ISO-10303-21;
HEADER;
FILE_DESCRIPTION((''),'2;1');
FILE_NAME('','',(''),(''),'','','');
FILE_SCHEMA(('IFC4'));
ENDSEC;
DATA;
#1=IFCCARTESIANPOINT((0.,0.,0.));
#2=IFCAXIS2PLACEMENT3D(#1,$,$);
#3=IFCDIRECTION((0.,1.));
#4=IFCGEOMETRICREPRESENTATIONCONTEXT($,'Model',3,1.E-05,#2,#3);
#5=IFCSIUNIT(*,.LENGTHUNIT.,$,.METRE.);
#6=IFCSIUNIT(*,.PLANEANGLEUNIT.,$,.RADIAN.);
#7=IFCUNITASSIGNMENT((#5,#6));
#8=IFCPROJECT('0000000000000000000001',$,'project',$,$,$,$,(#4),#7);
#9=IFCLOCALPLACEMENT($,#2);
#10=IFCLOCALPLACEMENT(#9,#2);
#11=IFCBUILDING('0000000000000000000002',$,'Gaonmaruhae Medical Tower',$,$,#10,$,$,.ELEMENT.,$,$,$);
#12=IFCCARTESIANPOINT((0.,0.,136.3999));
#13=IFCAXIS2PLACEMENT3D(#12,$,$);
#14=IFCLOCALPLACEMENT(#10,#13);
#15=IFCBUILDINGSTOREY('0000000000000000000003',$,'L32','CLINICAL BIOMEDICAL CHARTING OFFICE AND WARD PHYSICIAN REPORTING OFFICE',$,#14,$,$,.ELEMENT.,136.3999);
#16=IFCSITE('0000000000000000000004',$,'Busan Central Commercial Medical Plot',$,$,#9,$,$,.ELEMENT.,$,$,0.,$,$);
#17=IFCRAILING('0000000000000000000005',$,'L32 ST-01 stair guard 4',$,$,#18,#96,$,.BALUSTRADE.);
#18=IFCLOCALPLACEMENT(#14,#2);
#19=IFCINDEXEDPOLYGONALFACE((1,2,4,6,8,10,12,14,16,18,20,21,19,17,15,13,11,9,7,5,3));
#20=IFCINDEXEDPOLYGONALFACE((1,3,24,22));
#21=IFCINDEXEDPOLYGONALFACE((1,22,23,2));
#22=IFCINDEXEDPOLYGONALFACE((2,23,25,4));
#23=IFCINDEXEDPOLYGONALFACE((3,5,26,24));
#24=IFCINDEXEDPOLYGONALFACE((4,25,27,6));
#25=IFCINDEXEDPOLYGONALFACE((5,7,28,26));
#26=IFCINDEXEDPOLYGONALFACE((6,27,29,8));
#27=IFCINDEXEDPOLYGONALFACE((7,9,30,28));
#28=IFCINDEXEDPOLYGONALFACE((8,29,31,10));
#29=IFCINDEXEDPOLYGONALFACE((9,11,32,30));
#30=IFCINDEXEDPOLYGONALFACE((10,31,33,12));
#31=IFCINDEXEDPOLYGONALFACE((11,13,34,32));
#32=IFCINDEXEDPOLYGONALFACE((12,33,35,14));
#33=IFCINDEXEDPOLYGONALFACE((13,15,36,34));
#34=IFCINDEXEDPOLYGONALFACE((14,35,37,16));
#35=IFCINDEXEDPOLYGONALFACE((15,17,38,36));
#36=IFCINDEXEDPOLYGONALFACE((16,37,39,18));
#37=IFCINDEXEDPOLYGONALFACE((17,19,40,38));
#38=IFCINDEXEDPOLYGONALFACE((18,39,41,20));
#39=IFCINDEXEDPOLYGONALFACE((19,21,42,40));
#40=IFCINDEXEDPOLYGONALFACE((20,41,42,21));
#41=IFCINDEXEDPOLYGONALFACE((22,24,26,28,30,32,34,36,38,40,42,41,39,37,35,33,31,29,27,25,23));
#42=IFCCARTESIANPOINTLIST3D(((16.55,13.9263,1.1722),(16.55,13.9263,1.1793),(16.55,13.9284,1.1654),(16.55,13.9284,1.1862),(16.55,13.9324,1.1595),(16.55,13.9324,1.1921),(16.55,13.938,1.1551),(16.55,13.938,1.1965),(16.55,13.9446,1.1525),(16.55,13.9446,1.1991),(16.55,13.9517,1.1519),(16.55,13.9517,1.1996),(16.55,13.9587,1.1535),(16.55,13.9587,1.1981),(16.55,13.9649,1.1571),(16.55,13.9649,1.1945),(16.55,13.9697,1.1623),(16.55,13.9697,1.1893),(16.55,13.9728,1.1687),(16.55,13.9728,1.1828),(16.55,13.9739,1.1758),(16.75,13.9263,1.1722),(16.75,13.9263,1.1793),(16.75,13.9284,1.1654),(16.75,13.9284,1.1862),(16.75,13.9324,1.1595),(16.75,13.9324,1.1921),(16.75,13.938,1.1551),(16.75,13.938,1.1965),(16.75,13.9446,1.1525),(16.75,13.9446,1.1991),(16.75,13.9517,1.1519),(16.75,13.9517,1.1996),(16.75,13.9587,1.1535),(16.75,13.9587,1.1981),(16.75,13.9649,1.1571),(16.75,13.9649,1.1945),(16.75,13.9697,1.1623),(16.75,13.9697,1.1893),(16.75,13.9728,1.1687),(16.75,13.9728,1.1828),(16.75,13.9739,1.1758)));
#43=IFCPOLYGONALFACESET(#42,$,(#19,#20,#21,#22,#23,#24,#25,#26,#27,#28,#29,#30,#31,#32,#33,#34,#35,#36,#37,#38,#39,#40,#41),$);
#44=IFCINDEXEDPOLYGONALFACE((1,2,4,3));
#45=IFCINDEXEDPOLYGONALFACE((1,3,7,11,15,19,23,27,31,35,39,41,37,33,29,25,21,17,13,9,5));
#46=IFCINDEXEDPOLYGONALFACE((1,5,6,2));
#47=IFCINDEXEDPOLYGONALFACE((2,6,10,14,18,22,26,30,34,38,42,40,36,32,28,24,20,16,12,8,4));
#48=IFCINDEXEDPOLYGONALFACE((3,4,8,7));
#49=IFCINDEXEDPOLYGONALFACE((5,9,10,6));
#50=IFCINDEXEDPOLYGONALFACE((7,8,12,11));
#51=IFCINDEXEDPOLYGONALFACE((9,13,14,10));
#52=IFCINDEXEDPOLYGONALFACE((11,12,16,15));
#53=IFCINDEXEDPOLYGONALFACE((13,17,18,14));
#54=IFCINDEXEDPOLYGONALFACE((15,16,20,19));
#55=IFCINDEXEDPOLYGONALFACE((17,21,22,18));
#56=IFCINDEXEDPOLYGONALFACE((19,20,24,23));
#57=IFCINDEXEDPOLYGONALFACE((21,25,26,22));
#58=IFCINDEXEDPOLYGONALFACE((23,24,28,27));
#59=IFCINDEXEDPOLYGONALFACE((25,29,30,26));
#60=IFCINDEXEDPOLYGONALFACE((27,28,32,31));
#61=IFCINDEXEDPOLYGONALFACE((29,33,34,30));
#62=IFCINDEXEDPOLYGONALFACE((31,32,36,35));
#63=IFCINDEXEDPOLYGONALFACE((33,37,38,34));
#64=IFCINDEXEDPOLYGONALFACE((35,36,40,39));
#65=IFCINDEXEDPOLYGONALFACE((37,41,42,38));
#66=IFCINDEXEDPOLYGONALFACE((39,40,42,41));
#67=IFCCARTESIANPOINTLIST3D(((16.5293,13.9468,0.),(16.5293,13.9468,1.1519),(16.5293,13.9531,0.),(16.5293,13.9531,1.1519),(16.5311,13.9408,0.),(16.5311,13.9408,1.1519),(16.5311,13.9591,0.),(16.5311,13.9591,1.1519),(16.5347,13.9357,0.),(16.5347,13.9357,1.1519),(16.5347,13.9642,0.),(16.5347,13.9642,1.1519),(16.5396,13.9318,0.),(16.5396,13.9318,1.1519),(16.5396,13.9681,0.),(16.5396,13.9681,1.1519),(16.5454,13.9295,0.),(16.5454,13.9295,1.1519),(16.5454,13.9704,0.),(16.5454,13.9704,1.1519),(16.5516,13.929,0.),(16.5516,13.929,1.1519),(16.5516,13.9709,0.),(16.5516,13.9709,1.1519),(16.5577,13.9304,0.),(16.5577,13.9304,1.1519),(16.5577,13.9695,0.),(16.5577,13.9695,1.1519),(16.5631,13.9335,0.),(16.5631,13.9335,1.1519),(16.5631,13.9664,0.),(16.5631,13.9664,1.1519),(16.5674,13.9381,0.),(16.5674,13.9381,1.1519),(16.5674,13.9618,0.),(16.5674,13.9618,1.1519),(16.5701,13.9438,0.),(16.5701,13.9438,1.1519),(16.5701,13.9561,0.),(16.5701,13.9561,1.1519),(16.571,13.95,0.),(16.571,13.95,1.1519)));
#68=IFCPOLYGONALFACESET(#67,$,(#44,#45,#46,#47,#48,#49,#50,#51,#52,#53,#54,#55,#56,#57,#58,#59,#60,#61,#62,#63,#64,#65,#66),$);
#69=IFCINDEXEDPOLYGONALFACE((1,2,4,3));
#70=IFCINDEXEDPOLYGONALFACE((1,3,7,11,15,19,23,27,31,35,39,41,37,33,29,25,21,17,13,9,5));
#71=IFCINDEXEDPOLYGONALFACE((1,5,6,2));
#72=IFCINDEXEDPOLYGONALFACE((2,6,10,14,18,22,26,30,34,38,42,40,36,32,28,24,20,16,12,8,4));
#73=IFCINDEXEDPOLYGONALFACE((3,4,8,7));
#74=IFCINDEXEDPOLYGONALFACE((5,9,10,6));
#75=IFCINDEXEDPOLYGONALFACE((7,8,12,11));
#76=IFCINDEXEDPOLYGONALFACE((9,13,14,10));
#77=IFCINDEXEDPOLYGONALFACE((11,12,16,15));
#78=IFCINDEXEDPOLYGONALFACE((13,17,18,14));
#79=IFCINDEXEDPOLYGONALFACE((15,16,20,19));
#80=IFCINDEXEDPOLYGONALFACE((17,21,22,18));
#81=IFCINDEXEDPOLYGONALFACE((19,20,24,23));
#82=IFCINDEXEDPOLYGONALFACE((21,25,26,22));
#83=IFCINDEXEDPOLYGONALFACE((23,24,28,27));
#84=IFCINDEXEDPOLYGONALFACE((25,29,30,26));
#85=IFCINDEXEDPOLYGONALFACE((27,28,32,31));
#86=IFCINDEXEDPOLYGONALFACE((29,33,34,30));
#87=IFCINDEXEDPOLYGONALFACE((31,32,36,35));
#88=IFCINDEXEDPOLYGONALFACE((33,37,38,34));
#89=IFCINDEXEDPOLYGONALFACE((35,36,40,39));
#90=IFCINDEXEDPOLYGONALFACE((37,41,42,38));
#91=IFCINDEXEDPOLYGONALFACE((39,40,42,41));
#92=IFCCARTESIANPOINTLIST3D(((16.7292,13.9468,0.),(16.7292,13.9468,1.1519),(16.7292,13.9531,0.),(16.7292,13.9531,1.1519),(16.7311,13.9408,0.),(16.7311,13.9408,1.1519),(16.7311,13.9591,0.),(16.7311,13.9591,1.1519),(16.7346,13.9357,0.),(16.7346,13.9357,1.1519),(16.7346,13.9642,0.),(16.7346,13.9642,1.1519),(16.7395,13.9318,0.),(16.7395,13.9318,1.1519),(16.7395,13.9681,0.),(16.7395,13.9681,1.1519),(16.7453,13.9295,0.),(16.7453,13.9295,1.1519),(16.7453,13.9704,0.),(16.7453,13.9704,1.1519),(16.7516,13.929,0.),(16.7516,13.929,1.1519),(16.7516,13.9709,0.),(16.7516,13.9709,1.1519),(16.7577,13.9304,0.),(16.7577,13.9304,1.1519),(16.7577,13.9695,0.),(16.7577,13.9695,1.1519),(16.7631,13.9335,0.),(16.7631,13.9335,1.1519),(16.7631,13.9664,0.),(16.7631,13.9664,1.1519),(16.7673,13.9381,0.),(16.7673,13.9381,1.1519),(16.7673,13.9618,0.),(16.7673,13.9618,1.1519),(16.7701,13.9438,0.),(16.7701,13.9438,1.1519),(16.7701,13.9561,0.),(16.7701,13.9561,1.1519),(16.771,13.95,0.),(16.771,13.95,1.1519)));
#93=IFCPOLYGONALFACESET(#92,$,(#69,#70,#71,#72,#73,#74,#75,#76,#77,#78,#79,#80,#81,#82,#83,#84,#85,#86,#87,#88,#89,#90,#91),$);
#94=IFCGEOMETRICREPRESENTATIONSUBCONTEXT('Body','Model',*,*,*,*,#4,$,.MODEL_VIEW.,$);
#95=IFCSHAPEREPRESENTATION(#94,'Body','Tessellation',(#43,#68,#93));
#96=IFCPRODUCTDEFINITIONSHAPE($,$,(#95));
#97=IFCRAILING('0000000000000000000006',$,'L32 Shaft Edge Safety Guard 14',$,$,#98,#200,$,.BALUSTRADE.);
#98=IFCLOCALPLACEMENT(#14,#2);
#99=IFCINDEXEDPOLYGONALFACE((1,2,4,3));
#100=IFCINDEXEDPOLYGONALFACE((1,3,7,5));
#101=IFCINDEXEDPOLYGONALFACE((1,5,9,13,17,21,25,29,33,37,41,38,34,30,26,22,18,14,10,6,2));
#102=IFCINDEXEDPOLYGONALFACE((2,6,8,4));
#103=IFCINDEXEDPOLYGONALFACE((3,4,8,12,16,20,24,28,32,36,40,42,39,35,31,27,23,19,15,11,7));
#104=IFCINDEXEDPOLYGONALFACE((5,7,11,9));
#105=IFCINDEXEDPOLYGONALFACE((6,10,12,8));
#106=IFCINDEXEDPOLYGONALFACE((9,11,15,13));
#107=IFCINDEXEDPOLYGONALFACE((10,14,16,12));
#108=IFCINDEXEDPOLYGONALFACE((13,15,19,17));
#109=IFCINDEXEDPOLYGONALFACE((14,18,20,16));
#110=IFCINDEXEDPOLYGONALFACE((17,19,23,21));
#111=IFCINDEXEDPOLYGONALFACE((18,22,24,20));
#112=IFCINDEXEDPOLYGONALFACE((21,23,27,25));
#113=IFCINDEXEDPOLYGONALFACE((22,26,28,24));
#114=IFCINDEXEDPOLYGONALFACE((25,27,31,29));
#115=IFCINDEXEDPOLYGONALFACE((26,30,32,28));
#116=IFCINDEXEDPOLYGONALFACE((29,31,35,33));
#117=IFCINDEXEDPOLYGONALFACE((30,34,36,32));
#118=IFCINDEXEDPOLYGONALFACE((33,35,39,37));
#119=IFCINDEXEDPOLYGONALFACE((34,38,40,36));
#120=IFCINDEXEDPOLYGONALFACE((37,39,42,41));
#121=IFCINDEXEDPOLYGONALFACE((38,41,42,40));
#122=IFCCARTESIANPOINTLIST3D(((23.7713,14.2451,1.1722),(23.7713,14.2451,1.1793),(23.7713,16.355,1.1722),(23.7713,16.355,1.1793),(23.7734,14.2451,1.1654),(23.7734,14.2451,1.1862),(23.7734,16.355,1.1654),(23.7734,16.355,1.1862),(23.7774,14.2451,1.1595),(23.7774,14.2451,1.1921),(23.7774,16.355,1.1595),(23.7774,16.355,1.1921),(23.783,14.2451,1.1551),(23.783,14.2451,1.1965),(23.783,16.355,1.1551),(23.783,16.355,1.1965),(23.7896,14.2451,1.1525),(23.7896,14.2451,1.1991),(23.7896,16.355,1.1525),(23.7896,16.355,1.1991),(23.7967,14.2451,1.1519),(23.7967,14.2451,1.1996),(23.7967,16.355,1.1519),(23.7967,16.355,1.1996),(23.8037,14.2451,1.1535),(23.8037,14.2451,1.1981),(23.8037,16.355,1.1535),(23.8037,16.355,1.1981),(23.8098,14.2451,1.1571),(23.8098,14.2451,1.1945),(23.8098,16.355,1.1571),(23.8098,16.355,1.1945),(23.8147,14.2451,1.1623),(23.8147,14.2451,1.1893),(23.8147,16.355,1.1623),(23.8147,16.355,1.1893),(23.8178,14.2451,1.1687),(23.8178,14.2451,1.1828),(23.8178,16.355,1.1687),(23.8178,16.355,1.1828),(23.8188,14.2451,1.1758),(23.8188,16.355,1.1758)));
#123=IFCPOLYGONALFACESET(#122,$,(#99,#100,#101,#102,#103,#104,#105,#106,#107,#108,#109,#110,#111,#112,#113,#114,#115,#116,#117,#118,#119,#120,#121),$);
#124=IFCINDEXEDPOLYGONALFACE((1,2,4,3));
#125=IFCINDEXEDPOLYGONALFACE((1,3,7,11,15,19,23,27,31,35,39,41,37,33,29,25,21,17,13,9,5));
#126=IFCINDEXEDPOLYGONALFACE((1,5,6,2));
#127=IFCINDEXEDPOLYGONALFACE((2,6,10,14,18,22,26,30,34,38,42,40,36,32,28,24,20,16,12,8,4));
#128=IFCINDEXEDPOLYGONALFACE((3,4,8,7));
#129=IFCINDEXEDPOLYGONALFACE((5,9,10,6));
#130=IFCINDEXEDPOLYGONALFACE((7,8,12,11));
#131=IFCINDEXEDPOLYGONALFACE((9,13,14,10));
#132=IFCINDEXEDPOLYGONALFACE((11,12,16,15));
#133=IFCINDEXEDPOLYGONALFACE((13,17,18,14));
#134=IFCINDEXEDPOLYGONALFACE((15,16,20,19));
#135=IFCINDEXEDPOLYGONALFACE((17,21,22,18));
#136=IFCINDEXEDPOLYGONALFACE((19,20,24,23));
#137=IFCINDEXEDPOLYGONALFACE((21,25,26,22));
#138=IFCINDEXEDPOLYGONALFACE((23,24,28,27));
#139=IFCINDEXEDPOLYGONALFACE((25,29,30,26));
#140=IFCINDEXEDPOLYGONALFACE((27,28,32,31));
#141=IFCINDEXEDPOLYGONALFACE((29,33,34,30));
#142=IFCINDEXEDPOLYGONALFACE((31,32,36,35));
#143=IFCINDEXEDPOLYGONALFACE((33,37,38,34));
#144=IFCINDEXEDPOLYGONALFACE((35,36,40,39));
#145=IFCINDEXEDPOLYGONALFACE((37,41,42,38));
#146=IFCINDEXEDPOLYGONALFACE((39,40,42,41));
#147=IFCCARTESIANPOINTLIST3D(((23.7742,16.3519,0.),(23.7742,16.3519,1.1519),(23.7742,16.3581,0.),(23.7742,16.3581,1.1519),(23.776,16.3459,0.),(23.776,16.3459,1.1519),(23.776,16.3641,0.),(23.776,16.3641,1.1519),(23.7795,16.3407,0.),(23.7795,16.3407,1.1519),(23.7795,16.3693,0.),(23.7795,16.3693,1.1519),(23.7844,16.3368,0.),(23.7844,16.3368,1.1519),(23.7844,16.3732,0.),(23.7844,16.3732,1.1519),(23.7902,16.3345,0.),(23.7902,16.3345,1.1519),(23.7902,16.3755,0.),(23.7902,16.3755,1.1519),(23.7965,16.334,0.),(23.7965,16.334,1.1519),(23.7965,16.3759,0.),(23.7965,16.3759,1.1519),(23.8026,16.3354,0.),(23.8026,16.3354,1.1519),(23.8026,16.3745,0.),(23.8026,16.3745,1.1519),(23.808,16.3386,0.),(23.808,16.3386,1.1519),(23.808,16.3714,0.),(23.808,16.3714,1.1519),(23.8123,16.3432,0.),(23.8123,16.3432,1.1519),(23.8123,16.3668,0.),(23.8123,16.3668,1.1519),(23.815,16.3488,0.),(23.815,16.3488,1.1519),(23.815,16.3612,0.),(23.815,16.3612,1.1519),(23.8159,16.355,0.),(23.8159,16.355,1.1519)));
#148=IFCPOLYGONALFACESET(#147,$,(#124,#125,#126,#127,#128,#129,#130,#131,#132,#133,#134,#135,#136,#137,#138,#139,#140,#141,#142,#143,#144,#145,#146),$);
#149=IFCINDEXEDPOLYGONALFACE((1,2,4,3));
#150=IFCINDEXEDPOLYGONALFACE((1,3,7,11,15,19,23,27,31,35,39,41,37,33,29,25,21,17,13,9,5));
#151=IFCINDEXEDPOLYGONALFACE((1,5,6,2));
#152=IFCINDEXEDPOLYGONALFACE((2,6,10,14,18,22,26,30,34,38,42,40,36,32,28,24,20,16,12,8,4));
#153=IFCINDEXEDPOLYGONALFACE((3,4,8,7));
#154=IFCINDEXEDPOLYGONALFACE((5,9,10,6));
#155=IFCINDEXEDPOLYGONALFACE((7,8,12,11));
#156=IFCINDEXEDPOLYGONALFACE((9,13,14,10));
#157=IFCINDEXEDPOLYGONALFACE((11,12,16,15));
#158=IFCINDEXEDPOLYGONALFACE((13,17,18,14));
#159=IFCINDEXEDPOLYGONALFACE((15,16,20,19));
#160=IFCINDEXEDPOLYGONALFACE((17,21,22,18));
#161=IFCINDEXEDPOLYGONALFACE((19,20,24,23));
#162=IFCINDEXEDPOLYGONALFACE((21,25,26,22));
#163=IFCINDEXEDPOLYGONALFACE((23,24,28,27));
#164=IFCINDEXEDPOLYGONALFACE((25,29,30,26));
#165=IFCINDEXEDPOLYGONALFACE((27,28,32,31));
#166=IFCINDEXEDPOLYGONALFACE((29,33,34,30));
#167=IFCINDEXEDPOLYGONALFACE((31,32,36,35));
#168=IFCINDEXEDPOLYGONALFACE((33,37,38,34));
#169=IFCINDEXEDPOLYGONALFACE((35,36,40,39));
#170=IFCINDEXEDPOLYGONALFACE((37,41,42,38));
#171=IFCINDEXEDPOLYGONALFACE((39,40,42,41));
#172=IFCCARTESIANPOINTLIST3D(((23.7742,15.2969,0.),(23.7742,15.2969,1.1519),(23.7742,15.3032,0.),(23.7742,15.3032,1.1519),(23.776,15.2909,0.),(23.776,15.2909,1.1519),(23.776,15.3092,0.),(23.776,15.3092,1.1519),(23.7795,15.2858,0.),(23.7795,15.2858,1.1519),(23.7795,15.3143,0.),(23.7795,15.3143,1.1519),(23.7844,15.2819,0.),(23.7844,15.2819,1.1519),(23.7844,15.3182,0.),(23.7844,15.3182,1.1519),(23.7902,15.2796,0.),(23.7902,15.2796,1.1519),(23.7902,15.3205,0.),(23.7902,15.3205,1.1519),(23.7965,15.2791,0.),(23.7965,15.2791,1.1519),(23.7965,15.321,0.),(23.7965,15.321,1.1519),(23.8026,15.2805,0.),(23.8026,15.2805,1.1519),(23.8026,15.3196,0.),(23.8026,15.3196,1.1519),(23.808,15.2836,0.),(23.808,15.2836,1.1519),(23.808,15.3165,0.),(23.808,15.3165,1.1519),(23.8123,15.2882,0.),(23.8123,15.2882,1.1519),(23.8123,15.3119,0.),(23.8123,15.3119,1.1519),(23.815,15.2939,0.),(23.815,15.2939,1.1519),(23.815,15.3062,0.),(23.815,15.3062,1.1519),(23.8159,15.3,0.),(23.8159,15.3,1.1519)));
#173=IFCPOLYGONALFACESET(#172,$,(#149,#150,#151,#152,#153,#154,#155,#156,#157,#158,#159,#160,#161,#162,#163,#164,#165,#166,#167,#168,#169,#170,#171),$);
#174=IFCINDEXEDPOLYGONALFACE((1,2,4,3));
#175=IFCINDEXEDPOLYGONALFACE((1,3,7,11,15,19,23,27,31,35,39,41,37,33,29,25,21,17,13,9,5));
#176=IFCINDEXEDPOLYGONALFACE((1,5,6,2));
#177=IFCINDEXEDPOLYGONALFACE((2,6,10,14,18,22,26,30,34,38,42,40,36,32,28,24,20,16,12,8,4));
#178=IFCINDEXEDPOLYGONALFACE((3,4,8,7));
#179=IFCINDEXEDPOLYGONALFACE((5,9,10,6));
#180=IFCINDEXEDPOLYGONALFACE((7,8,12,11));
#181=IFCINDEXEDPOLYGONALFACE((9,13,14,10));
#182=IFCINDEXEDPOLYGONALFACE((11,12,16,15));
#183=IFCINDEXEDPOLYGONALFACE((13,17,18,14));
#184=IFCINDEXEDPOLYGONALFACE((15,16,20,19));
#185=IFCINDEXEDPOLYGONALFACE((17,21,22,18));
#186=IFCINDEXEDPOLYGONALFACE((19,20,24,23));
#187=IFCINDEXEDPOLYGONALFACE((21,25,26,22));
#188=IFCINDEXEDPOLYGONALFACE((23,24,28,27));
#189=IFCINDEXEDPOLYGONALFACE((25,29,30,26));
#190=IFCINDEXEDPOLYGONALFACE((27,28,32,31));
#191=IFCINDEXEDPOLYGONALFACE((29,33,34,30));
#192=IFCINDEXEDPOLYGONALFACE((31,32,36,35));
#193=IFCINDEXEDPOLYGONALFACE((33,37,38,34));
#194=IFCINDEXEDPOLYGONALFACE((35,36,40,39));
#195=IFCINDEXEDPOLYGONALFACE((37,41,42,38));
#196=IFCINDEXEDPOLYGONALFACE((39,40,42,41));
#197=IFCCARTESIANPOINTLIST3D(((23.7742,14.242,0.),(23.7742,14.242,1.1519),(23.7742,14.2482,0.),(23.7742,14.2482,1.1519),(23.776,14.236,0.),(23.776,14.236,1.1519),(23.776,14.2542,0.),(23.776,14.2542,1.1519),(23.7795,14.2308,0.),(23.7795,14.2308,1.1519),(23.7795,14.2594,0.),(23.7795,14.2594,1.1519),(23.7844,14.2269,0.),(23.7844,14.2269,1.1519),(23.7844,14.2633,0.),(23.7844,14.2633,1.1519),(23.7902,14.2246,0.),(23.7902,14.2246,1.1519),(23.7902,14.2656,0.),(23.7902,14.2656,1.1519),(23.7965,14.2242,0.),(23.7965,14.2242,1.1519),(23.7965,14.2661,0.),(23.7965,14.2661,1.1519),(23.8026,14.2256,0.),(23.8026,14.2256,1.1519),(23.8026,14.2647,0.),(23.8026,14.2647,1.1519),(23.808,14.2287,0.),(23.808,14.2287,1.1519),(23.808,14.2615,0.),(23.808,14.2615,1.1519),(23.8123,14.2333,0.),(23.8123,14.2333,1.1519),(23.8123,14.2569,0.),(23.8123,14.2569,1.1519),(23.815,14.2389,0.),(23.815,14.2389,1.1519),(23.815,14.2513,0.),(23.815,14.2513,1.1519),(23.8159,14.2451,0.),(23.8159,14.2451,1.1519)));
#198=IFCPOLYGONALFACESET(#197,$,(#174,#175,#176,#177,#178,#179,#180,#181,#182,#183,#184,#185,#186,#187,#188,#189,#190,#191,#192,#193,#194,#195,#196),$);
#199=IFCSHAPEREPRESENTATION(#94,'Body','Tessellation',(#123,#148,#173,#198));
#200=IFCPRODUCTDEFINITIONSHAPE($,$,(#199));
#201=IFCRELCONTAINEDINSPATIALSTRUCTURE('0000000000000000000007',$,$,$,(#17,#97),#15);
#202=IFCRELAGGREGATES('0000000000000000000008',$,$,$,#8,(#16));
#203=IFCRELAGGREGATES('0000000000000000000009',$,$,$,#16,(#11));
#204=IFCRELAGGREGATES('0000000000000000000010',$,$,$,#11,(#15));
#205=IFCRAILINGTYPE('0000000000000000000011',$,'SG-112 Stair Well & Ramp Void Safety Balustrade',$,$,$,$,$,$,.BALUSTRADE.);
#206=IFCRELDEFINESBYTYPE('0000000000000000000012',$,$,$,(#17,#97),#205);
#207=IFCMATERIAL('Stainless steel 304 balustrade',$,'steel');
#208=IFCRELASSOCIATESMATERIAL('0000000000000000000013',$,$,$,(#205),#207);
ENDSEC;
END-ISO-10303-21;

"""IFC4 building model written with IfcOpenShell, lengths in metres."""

from ifc_helpers import new_model, si_unit, direction, frame, origin, origin_2d, place, context, subcontext, project, spatial, circle, extrude, material, type_object, element, save


model = new_model("IFC4")

# Units and contexts
model_context = context("Model", 3, precision=1e-05, world=origin(), true_north=direction((0.0, 1.0)))
body_context = subcontext(model_context, "Body", "Model", "MODEL_VIEW")
ifc_project = project(units=[si_unit("LENGTHUNIT", "METRE"), si_unit("PLANEANGLEUNIT", "RADIAN")], contexts=[model_context])

# Site, building, storey
site_placement = place(None, origin())
site = spatial("IfcSite", under=ifc_project, at=site_placement, Name="Busan Central Commercial Medical Plot", CompositionType="ELEMENT", RefElevation=0.0)
building_placement = place(site_placement, origin())
building = spatial("IfcBuilding", under=site, at=building_placement, Name="Gaonmaruhae Medical Tower", CompositionType="ELEMENT")
storey_placement = place(building_placement, frame((0.0, 0.0, 136.3999)))
storey = spatial("IfcBuildingStorey", under=building, at=storey_placement, Name="L32", Description="CLINICAL BIOMEDICAL CHARTING OFFICE AND WARD PHYSICIAN REPORTING OFFICE", CompositionType="ELEMENT", Elevation=136.3999)

# Railings
ifc_material_1 = material(Name="Stainless steel 304 balustrade", Category="steel")
railing_type_1 = type_object("IfcRailingType", Name="SG-112 Stair Well & Ramp Void Safety Balustrade", PredefinedType="BALUSTRADE", material=ifc_material_1)
railing_1_placement = place(storey_placement, frame((16.55, 13.95, 0.0)))
element("IfcRailing", 1, at=railing_1_placement, inside=storey, type_object=railing_type_1, Name="L32 ST-01 stair guard 4", PredefinedType="BALUSTRADE", context=body_context, shape_type="SweptSolid", body=[
    extrude(circle(Radius=0.0239, at=origin_2d()), frame((0.0, 0.0, 1.1758), z_axis=(1.0, 0.0, 0.0), x_axis=(0.0, 1.0, 0.0)), (0.0, 0.0, 1.0), 0.2),
    extrude(circle(Radius=0.021, at=origin_2d()), origin(), (0.0, 0.0, 1.0), 1.1519),
    extrude(circle(Radius=0.021, at=origin_2d()), frame((0.2, 0.0, 0.0)), (0.0, 0.0, 1.0), 1.1519),
])
railing_2_placement = place(storey_placement, frame((23.7949, 16.355, 0.0)))
element("IfcRailing", 2, at=railing_2_placement, inside=storey, type_object=railing_type_1, Name="L32 Shaft Edge Safety Guard 14", PredefinedType="BALUSTRADE", context=body_context, shape_type="SweptSolid", body=[
    extrude(circle(Radius=0.0239, at=origin_2d()), frame((0.0, 0.0, 1.1758), z_axis=(0.0, -1.0, 0.0), x_axis=(1.0, 0.0, 0.0)), (0.0, 0.0, 1.0), 2.1099),
    extrude(circle(Radius=0.021, at=origin_2d()), origin(), (0.0, 0.0, 1.0), 1.1519),
    extrude(circle(Radius=0.021, at=origin_2d()), frame((0.0, -1.0549, 0.0)), (0.0, 0.0, 1.0), 1.1519),
    extrude(circle(Radius=0.021, at=origin_2d()), frame((0.0, -2.1099, 0.0)), (0.0, 0.0, 1.0), 1.1519),
])

save(model, "model.ifc")
